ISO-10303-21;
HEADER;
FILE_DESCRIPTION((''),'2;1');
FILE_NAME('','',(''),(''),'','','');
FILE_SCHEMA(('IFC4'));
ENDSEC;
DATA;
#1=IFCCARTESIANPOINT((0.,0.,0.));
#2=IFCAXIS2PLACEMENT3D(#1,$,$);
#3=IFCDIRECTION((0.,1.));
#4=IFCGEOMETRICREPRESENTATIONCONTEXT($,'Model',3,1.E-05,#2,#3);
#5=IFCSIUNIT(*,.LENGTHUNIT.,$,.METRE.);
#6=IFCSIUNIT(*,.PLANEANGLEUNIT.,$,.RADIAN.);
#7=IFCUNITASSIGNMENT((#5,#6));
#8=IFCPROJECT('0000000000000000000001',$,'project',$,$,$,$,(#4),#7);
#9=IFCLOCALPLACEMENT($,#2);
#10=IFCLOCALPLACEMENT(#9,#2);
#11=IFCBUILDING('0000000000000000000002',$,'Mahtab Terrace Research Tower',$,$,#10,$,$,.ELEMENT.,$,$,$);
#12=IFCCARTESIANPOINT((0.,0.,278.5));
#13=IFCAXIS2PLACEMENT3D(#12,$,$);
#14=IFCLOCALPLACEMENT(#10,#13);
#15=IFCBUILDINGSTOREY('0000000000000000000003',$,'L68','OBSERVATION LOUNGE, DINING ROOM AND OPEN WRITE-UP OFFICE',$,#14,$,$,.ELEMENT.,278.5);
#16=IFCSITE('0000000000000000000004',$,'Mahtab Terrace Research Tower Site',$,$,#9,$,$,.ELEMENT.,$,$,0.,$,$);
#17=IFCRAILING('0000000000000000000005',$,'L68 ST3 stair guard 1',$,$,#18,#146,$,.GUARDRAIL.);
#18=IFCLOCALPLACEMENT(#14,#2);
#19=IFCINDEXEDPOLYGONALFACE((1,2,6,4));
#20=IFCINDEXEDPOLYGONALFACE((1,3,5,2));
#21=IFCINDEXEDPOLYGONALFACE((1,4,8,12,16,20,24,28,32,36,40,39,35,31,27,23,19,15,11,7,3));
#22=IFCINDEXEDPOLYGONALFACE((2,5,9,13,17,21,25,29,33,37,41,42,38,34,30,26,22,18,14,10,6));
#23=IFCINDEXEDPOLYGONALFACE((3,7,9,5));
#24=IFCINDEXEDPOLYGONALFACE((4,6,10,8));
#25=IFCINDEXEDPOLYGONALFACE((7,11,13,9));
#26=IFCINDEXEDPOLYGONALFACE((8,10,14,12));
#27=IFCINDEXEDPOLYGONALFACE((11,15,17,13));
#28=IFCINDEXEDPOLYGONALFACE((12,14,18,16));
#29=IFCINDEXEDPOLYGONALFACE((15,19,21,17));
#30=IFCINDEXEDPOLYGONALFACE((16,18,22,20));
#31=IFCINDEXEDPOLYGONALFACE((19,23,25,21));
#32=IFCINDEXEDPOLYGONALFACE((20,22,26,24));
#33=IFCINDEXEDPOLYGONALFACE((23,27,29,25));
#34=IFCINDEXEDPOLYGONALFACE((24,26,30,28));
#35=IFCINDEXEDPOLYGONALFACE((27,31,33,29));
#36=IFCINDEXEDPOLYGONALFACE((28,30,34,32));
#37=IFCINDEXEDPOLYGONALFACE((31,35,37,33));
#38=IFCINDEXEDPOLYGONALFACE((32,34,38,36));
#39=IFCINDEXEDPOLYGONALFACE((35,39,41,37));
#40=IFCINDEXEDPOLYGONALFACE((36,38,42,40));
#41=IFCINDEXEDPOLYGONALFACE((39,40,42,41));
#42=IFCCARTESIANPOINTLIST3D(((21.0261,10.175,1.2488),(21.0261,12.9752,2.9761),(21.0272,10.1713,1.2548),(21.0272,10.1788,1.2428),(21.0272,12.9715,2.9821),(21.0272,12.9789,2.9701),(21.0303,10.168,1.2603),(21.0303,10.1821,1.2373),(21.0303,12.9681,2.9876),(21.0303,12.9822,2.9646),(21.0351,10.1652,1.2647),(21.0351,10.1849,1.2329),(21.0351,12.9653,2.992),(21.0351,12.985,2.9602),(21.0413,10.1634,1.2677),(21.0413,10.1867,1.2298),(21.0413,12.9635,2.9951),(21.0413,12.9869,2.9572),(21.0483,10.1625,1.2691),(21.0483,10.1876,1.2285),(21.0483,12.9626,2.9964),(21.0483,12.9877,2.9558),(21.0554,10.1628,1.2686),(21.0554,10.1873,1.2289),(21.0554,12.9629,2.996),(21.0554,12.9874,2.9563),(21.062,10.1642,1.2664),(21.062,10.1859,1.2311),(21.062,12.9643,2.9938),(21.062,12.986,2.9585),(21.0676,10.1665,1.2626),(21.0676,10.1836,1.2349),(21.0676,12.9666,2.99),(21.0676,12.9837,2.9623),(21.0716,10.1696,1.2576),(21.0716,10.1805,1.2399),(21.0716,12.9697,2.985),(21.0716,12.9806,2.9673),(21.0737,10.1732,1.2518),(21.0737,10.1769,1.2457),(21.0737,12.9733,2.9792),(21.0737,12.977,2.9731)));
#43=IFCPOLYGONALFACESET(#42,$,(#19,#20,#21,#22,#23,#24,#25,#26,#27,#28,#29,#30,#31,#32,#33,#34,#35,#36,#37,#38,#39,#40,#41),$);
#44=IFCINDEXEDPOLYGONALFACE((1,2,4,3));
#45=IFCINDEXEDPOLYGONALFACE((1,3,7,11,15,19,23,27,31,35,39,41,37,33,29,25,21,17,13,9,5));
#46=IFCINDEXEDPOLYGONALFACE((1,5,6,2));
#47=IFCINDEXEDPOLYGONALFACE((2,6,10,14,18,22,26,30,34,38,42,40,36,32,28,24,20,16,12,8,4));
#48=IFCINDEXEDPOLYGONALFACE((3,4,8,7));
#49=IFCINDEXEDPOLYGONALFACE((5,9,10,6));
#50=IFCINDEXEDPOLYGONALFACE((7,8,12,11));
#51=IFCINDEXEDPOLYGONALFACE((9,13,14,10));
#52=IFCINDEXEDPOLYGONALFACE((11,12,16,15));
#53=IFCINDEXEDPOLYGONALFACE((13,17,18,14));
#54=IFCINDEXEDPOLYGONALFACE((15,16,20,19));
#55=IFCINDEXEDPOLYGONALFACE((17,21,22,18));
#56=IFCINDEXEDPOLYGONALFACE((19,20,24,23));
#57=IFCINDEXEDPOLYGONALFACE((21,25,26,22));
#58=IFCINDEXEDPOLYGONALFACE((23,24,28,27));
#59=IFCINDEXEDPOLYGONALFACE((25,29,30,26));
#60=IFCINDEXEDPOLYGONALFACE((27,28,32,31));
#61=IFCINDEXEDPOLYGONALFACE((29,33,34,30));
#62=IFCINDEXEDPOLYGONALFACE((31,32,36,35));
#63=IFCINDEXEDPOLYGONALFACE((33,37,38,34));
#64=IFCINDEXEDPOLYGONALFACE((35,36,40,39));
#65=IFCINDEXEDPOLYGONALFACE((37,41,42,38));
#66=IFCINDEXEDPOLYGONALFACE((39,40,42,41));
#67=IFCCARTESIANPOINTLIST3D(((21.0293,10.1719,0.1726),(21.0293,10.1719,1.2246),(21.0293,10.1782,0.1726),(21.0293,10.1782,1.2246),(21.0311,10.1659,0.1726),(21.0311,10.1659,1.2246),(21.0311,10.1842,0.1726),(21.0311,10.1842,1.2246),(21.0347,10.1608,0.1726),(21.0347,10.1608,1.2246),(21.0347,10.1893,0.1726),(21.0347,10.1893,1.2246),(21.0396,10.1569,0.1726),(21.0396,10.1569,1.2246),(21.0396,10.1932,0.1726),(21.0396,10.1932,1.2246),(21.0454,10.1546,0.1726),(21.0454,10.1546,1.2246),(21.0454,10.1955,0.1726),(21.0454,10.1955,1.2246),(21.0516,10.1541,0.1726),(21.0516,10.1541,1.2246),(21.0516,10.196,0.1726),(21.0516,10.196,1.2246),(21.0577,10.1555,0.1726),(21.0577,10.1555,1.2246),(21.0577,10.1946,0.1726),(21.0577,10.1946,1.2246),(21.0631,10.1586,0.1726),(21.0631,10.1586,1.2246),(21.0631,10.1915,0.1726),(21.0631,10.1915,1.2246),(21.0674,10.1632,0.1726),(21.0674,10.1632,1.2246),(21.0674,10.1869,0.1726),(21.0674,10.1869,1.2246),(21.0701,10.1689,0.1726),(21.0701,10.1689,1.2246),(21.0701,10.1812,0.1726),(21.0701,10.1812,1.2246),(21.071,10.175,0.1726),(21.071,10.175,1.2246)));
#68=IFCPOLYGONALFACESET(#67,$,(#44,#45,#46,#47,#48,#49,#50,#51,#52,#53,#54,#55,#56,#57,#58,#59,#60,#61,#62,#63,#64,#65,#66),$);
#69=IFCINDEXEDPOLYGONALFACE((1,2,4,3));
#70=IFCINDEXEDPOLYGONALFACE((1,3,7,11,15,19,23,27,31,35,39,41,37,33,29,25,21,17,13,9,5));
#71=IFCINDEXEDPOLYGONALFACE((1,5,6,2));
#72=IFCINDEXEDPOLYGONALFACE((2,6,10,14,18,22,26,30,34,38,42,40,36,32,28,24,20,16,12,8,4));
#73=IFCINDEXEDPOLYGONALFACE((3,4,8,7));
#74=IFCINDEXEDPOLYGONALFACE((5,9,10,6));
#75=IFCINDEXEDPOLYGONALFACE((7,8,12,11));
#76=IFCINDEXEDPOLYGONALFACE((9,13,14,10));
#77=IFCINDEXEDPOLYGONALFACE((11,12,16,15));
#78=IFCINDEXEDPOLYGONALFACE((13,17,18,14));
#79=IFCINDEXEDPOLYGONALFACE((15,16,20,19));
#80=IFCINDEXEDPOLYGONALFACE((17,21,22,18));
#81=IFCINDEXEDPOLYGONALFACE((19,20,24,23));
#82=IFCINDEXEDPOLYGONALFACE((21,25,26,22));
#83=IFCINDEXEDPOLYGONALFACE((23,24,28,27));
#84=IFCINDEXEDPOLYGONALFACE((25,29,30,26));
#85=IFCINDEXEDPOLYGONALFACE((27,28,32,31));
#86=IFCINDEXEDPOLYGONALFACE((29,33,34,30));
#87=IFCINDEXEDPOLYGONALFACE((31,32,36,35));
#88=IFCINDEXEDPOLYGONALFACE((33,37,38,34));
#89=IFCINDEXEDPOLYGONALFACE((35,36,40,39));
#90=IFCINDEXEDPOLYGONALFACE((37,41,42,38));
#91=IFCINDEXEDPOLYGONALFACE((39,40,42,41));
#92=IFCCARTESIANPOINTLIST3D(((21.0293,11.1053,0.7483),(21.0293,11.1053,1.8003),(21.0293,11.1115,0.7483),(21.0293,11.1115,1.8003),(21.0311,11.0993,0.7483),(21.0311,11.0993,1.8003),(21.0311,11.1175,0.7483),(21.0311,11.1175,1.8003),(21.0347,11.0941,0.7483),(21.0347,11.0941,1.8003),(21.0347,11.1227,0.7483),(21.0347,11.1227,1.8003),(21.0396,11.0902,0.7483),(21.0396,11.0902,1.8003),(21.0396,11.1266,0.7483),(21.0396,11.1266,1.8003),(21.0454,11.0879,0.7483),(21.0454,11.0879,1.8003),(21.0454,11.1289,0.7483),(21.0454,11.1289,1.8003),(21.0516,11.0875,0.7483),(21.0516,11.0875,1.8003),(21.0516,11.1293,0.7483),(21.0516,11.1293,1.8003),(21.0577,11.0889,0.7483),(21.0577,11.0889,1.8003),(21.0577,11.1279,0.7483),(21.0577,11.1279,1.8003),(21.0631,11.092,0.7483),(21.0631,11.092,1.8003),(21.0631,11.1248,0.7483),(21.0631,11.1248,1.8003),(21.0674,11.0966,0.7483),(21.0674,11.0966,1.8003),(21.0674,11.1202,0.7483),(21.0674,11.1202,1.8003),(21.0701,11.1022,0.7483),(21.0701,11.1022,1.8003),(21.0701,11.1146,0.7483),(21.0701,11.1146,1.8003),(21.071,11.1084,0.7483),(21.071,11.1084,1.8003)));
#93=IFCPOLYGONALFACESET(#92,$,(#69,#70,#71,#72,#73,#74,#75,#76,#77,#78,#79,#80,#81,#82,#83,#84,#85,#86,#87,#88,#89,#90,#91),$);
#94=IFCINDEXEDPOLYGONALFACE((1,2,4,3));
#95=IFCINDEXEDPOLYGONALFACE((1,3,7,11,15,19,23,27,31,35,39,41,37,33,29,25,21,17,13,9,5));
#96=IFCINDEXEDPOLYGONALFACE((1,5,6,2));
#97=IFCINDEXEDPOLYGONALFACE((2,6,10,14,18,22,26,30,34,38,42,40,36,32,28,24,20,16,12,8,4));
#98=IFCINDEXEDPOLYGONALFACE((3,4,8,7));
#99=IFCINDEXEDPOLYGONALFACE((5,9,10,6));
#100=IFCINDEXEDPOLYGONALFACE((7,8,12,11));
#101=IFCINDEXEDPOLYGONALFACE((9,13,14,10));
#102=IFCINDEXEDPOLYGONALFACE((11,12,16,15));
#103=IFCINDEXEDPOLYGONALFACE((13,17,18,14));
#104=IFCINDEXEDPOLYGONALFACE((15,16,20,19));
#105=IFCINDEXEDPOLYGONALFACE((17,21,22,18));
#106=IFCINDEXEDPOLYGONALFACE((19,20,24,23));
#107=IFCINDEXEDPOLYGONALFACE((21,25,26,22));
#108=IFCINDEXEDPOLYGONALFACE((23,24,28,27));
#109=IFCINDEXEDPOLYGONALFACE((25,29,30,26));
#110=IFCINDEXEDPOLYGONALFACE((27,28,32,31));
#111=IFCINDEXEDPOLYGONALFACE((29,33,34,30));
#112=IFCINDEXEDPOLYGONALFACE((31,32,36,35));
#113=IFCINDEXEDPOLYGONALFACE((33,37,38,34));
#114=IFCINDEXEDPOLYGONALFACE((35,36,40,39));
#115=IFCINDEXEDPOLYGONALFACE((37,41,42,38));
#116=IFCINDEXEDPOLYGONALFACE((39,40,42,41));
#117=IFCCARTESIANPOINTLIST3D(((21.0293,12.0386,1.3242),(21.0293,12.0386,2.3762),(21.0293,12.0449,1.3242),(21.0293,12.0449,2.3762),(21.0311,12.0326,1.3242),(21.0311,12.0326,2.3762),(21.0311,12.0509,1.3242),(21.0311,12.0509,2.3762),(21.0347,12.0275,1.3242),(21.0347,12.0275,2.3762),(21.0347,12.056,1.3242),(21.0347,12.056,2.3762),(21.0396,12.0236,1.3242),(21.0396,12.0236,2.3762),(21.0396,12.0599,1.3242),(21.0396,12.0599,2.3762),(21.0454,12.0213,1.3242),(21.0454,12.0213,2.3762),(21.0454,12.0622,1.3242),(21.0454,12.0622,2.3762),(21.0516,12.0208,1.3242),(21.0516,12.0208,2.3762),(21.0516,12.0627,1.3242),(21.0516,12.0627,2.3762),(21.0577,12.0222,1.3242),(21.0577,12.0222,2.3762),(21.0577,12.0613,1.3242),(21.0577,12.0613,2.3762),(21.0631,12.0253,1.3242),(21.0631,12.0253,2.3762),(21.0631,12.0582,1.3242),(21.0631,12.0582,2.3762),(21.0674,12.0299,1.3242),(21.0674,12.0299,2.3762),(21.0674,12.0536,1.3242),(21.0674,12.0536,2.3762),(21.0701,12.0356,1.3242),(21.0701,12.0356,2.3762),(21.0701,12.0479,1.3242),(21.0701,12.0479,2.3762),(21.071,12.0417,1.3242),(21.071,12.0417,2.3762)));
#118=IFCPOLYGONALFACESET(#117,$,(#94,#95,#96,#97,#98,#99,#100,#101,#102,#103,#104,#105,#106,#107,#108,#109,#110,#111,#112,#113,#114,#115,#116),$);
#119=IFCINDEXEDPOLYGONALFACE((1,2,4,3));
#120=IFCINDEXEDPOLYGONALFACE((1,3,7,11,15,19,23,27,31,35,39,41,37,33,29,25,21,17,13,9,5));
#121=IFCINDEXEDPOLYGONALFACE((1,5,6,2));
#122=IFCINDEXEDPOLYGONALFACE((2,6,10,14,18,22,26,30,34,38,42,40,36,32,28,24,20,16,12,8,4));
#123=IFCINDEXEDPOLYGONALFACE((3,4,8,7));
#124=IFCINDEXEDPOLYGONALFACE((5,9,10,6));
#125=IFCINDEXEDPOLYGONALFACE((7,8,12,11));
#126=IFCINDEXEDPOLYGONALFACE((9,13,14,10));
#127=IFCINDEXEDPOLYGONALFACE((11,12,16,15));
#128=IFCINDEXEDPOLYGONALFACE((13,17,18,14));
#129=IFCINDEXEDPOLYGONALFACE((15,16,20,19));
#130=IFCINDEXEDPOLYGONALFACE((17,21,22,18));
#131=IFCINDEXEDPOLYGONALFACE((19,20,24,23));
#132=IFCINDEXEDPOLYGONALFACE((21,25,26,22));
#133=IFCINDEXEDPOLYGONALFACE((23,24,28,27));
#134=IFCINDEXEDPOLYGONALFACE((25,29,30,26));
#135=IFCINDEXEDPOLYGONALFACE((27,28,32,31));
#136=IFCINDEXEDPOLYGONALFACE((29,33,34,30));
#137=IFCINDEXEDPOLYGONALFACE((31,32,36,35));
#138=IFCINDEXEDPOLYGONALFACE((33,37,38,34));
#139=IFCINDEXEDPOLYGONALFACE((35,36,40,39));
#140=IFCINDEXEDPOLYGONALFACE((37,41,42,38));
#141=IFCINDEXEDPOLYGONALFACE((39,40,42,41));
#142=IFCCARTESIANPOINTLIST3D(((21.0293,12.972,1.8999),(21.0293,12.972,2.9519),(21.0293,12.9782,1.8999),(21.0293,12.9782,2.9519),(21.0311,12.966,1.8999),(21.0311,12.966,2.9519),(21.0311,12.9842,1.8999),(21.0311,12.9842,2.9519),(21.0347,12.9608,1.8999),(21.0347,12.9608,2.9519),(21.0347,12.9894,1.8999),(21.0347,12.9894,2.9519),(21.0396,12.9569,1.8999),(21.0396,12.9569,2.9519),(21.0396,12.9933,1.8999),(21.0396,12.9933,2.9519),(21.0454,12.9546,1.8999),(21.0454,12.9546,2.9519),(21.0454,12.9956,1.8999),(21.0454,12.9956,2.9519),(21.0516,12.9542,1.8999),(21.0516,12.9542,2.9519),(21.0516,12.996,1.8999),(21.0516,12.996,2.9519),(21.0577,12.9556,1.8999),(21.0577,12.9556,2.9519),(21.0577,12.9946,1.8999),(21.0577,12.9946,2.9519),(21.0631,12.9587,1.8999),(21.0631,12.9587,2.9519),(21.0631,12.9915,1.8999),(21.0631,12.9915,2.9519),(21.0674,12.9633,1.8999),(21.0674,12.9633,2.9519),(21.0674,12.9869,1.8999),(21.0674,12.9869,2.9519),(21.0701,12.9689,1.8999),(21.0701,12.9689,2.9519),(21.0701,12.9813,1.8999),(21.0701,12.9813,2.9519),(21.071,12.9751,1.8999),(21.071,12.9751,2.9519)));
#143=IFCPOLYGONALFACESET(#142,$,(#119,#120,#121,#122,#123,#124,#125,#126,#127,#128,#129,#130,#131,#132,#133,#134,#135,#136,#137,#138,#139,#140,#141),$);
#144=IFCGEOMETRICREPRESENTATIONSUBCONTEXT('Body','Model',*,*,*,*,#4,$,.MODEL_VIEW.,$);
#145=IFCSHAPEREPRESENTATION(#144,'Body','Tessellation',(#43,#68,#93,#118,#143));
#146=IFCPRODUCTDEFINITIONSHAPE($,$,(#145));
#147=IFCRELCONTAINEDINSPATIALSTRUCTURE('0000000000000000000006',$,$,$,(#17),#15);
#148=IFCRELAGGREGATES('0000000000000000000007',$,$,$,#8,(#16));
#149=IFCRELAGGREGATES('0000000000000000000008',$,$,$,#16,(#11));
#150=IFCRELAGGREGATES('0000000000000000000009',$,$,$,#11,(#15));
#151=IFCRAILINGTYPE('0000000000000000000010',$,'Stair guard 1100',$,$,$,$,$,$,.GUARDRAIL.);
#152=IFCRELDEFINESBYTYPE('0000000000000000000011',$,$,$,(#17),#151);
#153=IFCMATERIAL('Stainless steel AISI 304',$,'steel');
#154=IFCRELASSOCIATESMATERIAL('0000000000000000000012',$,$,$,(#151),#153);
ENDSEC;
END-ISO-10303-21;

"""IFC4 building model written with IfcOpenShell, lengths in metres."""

from ifc_helpers import new_model, si_unit, direction, frame, origin, origin_2d, place, context, subcontext, project, spatial, circle, extrude, material, type_object, element, save


model = new_model("IFC4")

# Units and contexts
model_context = context("Model", 3, precision=1e-05, world=origin(), true_north=direction((0.0, 1.0)))
body_context = subcontext(model_context, "Body", "Model", "MODEL_VIEW")
ifc_project = project(units=[si_unit("LENGTHUNIT", "METRE"), si_unit("PLANEANGLEUNIT", "RADIAN")], contexts=[model_context])

# Site, building, storey
site_placement = place(None, origin())
site = spatial("IfcSite", under=ifc_project, at=site_placement, Name="Mahtab Terrace Research Tower Site", CompositionType="ELEMENT", RefElevation=0.0)
building_placement = place(site_placement, origin())
building = spatial("IfcBuilding", under=site, at=building_placement, Name="Mahtab Terrace Research Tower", CompositionType="ELEMENT")
storey_placement = place(building_placement, frame((0.0, 0.0, 278.5)))
storey = spatial("IfcBuildingStorey", under=building, at=storey_placement, Name="L68", Description="OBSERVATION LOUNGE, DINING ROOM AND OPEN WRITE-UP OFFICE", CompositionType="ELEMENT", Elevation=278.5)

# Shared definitions
ifc_material_1 = material(Name="Stainless steel AISI 304", Category="steel")

# Railing
railing_type_1 = type_object("IfcRailingType", Name="Stair guard 1100", PredefinedType="GUARDRAIL", material=ifc_material_1)
railing_1_placement = place(storey_placement, frame((21.05, 10.175, 0.1726)))
element("IfcRailing", 1, at=railing_1_placement, inside=storey, type_object=railing_type_1, Name="L68 ST3 stair guard 1", PredefinedType="GUARDRAIL", context=body_context, shape_type="SweptSolid", body=[
    extrude(circle(Radius=0.0239, at=origin_2d()), frame((0.0, 0.0, 1.0762), z_axis=(0.0, 0.85109, 0.52502), x_axis=(-1.0, 0.0, 0.0)), (0.0, 0.0, 1.0), 3.29),
    extrude(circle(Radius=0.021, at=origin_2d()), origin(), (0.0, 0.0, 1.0), 1.052),
    extrude(circle(Radius=0.021, at=origin_2d()), frame((0.0, 0.9333, 0.5757)), (0.0, 0.0, 1.0), 1.052),
    extrude(circle(Radius=0.021, at=origin_2d()), frame((0.0, 1.8667, 1.1516)), (0.0, 0.0, 1.0), 1.052),
    extrude(circle(Radius=0.021, at=origin_2d()), frame((0.0, 2.8, 1.7273)), (0.0, 0.0, 1.0), 1.052),
])

save(model, "model.ifc")
